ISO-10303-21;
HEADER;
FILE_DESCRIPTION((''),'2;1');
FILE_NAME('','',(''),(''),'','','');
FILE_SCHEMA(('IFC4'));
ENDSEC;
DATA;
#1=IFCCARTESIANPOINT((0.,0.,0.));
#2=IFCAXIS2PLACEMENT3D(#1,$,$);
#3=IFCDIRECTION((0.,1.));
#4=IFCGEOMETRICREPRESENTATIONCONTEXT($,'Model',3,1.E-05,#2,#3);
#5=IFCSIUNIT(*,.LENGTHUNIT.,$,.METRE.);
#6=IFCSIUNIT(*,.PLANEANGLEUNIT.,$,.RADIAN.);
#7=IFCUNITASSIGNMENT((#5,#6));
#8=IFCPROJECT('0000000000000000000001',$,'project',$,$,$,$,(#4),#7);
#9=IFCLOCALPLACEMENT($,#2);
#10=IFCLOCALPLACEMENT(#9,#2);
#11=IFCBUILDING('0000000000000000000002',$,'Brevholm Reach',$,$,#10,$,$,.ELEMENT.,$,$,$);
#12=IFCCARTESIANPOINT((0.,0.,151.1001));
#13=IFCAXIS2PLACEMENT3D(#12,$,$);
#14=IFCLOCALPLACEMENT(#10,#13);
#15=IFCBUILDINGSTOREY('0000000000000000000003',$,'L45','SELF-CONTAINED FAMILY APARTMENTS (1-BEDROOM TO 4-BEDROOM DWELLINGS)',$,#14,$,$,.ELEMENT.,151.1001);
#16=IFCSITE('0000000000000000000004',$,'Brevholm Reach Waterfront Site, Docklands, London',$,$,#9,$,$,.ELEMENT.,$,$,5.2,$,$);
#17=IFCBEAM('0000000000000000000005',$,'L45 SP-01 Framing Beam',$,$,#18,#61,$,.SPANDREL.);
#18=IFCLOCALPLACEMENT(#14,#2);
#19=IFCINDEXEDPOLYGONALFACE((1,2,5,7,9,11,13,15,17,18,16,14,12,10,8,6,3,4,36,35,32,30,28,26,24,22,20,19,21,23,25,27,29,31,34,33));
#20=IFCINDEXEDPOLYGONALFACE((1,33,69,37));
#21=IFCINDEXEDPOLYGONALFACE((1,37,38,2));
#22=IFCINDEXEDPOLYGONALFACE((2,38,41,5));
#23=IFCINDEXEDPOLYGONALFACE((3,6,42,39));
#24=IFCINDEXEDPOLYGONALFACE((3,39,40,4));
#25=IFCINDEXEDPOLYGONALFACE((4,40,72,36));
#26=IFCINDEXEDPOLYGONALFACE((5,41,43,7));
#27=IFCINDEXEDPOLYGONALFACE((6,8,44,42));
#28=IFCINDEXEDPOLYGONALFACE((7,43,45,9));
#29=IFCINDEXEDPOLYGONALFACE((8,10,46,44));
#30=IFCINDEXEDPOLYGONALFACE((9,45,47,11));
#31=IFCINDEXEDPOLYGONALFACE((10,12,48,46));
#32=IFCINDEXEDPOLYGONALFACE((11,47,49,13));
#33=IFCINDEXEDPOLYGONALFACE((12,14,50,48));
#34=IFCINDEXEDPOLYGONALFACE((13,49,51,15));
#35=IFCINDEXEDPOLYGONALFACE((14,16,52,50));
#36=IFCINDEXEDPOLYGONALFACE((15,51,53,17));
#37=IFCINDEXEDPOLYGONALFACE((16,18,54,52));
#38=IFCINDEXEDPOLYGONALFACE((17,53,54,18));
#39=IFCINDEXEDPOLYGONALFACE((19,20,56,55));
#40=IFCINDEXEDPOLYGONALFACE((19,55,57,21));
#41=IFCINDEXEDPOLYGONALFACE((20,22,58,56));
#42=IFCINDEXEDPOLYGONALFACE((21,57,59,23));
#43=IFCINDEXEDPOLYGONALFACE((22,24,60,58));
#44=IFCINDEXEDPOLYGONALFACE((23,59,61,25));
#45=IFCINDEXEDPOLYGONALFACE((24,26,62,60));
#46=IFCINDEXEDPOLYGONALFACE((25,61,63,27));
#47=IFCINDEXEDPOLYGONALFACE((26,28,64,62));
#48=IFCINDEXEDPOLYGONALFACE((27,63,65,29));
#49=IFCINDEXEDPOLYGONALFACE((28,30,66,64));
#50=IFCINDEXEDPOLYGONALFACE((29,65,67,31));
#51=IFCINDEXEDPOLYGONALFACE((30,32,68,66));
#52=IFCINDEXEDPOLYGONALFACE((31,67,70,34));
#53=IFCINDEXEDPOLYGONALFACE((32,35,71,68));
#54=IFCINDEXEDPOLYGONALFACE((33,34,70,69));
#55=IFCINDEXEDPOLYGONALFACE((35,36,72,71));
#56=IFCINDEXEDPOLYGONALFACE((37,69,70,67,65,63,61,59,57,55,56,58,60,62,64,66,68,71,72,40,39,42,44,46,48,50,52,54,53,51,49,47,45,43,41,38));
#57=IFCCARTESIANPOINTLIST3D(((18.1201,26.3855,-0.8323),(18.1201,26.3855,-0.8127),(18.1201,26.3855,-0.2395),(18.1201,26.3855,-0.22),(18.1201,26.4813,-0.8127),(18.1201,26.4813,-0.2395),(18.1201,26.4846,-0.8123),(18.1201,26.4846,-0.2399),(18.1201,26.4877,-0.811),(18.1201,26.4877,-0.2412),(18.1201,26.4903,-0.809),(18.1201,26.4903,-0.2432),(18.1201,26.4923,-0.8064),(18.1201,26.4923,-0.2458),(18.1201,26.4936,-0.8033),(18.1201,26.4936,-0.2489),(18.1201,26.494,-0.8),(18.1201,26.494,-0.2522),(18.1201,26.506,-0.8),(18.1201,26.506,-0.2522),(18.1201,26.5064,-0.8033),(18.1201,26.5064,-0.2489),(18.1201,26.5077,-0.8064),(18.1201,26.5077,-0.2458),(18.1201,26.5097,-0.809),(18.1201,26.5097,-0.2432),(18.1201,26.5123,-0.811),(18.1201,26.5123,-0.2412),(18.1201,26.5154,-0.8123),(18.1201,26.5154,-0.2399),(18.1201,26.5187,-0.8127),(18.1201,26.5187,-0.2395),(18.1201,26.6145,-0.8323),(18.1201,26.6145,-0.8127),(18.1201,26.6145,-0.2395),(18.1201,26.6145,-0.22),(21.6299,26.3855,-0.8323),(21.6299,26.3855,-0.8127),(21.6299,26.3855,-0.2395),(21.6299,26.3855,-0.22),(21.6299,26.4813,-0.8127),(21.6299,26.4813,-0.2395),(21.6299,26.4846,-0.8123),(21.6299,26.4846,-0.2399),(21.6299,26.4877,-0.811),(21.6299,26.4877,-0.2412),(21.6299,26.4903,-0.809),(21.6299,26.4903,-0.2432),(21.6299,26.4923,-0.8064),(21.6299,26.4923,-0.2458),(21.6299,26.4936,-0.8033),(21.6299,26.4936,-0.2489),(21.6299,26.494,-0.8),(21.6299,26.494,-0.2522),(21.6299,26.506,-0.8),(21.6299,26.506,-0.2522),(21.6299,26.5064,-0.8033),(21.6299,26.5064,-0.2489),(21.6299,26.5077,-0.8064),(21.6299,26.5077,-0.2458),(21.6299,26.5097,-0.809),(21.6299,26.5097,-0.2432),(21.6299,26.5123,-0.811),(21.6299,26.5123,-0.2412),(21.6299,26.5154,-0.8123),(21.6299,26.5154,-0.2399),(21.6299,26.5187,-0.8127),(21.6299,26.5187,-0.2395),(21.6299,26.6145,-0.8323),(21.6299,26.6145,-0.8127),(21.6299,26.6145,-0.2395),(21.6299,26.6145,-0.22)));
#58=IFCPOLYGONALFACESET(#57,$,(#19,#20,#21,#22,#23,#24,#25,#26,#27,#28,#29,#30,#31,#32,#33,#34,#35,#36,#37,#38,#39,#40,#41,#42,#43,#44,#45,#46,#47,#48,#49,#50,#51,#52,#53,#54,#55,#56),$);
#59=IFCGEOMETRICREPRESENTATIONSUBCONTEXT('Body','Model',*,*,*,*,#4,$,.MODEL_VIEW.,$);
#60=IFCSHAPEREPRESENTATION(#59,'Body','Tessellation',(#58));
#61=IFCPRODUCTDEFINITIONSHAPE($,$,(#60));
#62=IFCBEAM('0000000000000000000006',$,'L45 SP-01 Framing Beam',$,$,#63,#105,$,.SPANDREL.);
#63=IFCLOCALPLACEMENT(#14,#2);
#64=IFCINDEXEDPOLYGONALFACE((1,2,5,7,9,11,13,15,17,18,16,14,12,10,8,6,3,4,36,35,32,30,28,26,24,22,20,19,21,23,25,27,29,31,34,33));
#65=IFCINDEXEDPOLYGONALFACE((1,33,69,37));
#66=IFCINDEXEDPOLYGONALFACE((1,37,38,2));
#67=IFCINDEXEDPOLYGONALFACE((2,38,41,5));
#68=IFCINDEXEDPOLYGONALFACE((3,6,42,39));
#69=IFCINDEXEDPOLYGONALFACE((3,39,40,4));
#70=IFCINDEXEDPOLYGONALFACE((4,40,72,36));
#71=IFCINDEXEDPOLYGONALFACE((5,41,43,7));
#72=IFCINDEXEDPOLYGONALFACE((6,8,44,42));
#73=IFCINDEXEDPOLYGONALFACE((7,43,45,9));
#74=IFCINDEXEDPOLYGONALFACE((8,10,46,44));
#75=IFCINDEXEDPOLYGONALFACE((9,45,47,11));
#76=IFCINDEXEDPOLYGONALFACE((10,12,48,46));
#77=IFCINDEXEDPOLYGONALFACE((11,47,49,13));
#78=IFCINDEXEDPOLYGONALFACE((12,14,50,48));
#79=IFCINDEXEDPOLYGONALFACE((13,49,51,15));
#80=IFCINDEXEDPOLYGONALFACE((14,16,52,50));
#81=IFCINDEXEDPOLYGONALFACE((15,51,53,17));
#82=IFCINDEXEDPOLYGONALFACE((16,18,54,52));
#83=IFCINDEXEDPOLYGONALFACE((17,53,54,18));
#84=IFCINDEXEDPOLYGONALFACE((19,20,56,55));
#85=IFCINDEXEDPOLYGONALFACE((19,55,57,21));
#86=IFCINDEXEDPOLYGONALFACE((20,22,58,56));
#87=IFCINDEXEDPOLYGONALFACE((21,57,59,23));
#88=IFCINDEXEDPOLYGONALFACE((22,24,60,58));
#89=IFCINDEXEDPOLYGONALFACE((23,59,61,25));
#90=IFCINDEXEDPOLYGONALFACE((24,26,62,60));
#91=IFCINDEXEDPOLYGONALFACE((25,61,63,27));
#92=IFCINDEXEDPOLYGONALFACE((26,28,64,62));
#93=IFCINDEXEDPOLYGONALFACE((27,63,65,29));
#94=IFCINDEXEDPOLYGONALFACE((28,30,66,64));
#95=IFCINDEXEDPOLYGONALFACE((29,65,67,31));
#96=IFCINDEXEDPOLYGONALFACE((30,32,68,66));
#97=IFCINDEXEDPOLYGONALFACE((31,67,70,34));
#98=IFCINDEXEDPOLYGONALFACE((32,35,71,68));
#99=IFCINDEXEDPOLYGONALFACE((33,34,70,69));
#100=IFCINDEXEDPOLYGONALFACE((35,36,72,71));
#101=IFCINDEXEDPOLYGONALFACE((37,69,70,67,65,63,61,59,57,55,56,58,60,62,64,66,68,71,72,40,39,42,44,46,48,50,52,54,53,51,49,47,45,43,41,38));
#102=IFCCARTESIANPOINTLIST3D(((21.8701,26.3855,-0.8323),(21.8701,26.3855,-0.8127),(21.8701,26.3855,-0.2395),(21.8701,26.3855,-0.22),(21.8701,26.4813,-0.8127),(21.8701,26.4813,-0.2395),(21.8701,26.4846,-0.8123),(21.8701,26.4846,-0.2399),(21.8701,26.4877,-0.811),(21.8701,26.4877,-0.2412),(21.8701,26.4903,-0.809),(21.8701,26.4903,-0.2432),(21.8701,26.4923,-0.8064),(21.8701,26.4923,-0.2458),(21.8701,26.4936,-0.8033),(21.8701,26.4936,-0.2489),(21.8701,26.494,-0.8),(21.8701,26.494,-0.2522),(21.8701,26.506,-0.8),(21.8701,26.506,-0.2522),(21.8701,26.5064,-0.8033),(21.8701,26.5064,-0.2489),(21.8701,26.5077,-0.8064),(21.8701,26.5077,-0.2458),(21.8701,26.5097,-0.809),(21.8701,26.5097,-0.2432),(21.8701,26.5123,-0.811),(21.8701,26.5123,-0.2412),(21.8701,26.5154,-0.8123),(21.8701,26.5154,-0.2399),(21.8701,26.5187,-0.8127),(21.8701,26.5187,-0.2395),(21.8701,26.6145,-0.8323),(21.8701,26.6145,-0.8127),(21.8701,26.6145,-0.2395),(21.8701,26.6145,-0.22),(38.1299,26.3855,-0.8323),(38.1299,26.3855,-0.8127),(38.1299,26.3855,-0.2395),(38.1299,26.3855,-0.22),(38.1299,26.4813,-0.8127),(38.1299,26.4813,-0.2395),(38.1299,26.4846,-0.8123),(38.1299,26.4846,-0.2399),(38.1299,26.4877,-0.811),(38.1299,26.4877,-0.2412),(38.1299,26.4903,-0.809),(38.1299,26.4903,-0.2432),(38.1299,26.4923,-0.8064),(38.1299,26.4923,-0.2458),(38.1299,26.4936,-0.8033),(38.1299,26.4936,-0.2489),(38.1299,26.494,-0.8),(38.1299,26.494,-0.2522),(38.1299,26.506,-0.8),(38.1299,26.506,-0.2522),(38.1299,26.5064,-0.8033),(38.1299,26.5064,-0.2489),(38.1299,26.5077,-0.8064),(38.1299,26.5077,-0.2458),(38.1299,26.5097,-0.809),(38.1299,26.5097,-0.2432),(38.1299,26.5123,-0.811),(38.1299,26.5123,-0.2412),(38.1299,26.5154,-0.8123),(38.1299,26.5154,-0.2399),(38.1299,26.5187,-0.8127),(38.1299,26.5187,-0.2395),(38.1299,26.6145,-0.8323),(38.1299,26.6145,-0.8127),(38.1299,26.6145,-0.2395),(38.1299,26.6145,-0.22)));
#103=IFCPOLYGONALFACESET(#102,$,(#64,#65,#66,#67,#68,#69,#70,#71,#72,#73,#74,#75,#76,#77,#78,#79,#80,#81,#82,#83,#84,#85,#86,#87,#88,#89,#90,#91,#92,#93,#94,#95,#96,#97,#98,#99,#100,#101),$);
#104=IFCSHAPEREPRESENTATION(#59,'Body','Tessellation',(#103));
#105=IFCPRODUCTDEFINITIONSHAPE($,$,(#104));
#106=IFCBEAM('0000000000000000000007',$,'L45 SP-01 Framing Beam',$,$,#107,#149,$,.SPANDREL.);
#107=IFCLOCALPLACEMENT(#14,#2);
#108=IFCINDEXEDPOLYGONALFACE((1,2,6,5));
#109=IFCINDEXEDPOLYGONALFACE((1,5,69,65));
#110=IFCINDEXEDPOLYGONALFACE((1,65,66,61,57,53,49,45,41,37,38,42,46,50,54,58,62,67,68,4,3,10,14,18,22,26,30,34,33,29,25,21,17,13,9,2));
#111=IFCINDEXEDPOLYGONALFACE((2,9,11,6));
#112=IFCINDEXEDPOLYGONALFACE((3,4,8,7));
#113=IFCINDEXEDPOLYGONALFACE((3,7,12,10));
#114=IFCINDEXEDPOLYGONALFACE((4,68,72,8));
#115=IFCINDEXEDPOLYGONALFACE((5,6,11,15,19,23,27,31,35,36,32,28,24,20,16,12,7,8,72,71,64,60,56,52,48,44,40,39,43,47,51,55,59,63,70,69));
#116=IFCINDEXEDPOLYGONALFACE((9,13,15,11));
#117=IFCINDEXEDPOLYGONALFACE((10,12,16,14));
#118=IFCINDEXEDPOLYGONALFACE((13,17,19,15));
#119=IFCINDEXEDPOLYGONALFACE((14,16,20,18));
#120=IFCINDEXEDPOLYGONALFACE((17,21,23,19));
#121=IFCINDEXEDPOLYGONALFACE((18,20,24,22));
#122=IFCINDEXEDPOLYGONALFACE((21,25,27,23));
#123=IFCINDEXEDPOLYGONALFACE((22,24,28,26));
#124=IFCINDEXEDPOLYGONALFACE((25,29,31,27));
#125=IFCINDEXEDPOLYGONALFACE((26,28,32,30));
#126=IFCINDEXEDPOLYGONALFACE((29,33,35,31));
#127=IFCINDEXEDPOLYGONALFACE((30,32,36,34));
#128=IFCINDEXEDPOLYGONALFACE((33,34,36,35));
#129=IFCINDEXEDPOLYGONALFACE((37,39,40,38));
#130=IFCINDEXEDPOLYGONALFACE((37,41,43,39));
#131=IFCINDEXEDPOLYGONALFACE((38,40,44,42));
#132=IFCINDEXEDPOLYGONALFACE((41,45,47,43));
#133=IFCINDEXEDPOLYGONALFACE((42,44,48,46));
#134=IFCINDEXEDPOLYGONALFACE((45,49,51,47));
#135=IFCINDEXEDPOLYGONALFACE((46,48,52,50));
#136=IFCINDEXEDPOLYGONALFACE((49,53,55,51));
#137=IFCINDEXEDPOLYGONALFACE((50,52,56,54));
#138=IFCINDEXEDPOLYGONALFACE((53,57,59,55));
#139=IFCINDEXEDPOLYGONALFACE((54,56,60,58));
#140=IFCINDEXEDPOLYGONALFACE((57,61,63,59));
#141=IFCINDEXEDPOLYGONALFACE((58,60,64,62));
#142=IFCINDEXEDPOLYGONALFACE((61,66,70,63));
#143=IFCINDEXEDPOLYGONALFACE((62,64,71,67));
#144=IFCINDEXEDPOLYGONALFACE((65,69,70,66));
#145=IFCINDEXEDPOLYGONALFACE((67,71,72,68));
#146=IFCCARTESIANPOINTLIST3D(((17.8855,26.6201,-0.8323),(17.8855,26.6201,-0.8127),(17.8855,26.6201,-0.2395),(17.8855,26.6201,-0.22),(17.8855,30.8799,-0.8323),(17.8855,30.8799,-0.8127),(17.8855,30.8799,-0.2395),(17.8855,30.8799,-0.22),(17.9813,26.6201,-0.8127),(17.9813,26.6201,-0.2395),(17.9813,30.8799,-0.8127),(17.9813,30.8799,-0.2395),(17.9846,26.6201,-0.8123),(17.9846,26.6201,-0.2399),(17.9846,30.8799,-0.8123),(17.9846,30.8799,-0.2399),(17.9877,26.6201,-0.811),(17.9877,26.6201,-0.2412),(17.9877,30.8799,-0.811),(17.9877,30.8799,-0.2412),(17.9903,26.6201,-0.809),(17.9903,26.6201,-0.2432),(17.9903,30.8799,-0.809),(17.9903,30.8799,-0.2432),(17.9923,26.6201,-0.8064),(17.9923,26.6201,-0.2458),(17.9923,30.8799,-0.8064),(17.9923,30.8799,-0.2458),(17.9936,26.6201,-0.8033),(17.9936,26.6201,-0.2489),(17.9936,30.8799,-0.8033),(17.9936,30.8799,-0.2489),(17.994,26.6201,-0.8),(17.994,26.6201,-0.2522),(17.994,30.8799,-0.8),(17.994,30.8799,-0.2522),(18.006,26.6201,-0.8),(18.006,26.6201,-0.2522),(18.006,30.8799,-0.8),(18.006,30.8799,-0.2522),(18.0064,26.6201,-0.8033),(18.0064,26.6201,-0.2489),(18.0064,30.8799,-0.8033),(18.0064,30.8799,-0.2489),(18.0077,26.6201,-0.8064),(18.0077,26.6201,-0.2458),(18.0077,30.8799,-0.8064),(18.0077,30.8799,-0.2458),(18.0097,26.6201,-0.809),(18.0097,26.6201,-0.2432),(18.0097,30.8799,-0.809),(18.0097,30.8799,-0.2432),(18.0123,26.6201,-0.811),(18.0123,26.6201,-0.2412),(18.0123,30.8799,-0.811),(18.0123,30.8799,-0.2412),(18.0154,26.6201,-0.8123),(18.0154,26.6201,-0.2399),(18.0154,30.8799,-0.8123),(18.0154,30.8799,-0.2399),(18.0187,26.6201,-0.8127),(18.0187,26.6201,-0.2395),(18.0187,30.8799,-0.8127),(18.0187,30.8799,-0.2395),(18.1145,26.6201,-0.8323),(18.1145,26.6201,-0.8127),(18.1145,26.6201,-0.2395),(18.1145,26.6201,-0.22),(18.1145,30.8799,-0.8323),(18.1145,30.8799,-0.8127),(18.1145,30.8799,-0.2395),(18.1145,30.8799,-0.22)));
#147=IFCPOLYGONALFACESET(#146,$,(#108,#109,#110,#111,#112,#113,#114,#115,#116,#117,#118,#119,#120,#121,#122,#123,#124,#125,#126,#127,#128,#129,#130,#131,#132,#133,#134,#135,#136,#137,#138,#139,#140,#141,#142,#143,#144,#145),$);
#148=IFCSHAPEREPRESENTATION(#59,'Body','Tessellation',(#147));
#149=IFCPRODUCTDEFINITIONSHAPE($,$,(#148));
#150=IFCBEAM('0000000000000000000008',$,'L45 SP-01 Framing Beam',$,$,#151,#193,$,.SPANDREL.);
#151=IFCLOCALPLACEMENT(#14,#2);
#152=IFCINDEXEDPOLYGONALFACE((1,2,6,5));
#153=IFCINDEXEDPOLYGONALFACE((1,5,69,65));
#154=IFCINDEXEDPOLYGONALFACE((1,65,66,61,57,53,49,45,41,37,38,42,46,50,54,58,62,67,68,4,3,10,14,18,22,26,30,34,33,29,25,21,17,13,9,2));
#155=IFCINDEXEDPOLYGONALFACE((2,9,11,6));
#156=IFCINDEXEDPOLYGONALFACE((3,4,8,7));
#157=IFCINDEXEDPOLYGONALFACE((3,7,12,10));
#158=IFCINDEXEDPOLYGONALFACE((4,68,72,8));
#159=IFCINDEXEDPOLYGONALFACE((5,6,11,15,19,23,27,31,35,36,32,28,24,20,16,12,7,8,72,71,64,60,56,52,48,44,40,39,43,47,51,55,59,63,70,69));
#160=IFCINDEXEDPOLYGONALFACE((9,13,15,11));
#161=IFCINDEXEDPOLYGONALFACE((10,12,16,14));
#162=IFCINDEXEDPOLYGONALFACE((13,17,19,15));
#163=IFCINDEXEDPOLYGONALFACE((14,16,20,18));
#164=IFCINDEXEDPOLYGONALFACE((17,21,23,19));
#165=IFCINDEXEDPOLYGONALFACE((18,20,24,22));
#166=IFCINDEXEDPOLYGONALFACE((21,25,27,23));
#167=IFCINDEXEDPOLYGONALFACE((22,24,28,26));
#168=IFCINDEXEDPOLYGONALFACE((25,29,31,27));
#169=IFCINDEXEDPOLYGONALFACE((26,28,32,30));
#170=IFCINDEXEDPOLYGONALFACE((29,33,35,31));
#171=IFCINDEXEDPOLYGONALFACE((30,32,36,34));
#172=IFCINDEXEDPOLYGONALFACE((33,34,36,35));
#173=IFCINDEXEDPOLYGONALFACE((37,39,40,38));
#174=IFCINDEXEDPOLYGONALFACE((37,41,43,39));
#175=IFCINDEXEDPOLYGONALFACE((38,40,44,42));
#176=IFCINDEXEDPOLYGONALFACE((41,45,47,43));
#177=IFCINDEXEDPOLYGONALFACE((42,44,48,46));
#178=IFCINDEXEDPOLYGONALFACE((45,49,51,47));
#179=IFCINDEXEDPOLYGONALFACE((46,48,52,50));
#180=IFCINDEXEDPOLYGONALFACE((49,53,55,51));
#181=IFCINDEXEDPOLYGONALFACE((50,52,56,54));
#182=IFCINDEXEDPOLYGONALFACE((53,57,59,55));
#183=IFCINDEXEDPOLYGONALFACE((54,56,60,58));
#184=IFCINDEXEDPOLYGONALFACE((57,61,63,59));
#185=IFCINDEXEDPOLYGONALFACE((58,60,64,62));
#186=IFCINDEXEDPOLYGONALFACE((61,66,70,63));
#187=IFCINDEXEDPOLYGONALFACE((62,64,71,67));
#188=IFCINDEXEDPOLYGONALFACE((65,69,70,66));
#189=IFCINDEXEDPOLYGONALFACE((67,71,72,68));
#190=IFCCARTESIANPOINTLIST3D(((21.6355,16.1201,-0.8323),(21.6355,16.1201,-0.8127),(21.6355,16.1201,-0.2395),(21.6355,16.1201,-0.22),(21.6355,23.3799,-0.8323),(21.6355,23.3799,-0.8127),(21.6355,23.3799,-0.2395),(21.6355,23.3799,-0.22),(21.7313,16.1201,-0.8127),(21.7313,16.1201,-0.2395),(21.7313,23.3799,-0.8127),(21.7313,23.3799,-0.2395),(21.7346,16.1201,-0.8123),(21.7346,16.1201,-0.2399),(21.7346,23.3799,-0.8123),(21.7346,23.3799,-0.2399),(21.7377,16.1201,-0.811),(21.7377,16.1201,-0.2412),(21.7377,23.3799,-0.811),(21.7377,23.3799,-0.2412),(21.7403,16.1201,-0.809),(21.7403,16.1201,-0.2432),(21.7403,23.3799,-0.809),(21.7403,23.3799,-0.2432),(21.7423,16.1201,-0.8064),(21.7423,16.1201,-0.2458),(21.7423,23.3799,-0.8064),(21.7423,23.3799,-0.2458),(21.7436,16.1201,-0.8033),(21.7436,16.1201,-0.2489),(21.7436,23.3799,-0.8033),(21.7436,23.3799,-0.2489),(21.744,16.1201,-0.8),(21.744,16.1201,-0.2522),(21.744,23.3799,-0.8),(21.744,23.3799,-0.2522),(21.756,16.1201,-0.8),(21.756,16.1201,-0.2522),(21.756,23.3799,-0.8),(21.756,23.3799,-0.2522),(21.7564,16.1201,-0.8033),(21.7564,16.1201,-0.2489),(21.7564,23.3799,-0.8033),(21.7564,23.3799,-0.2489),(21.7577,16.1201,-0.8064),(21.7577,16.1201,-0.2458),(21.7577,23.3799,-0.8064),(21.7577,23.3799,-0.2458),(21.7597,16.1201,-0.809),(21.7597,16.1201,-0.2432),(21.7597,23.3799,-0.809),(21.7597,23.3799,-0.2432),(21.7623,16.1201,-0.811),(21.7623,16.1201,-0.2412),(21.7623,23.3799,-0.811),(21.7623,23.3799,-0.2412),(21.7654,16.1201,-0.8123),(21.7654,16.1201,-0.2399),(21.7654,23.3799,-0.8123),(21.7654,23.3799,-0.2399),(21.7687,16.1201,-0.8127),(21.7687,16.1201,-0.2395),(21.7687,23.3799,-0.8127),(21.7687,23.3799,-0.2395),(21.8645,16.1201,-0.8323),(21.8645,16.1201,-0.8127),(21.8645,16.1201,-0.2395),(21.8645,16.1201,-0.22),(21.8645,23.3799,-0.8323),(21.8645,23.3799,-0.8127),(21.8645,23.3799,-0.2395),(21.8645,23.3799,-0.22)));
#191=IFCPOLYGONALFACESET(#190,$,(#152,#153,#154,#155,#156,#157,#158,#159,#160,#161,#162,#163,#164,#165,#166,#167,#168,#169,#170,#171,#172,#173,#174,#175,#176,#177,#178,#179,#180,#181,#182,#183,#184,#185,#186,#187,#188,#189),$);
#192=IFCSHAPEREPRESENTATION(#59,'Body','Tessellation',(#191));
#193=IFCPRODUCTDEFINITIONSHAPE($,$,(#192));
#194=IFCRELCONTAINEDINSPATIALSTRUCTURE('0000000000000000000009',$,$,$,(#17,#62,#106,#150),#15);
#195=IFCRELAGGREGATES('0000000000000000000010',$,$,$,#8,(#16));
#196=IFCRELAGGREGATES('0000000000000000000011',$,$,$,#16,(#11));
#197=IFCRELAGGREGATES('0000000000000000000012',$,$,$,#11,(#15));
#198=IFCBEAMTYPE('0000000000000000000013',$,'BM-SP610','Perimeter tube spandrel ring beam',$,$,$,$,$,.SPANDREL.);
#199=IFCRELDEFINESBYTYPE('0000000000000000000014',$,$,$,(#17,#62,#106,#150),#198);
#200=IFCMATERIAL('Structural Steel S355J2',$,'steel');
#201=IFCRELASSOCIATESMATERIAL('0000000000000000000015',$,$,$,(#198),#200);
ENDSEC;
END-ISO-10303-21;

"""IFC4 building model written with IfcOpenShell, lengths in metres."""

from ifc_helpers import new_model, si_unit, direction, frame, origin, origin_2d, place, context, subcontext, project, spatial, i_section, extrude, material, material_profile, profile_set, type_object, element, save


model = new_model("IFC4")

# Units and contexts
model_context = context("Model", 3, precision=1e-05, world=origin(), true_north=direction((0.0, 1.0)))
body_context = subcontext(model_context, "Body", "Model", "MODEL_VIEW")
ifc_project = project(units=[si_unit("LENGTHUNIT", "METRE"), si_unit("PLANEANGLEUNIT", "RADIAN")], contexts=[model_context])

# Site, building, storey
site_placement = place(None, origin())
site = spatial("IfcSite", under=ifc_project, at=site_placement, Name="Brevholm Reach Waterfront Site, Docklands, London", CompositionType="ELEMENT", RefElevation=5.2)
building_placement = place(site_placement, origin())
building = spatial("IfcBuilding", under=site, at=building_placement, Name="Brevholm Reach", CompositionType="ELEMENT")
storey_placement = place(building_placement, frame((0.0, 0.0, 151.1001)))
storey = spatial("IfcBuildingStorey", under=building, at=storey_placement, Name="L45", Description="SELF-CONTAINED FAMILY APARTMENTS (1-BEDROOM TO 4-BEDROOM DWELLINGS)", CompositionType="ELEMENT", Elevation=151.1001)

# Beams
ifc_material_1 = material(Name="Structural Steel S355J2", Category="steel")
ifc_material_profile_1 = material_profile(ifc_material_1, i_section(OverallWidth=0.229, OverallDepth=0.6123, WebThickness=0.012, FlangeThickness=0.0195, FilletRadius=0.0127, at=origin_2d()), Name="UKB 610x229x125")
ifc_profile_set_1 = profile_set([ifc_material_profile_1], Name="Structural Steel S355J2")
beam_type_1 = type_object("IfcBeamType", Name="BM-SP610", Description="Perimeter tube spandrel ring beam", PredefinedType="SPANDREL", material=ifc_profile_set_1)
for number, where, z_axis, x_axis, name in (
    (1, (18.1201, 26.5, -0.5261), (1.0, 0.0, 0.0), (0.0, 1.0, 0.0), "L45 SP-01 Framing Beam"),
):
    element("IfcBeam", number, at=place(storey_placement, frame(where, z_axis=z_axis, x_axis=x_axis)), inside=storey, type_object=beam_type_1, Name=name, PredefinedType="SPANDREL", context=body_context, shape_type="SweptSolid", body=[
        extrude(i_section(OverallWidth=0.229, OverallDepth=0.6123, WebThickness=0.012, FlangeThickness=0.0195, FilletRadius=0.0127, at=origin_2d()), origin(), (0.0, 0.0, 1.0), 3.5098),
    ])
beam_1_placement = place(storey_placement, frame((21.8701, 26.5, -0.5261), z_axis=(1.0, 0.0, 0.0), x_axis=(0.0, 1.0, 0.0)))
element("IfcBeam", 2, at=beam_1_placement, inside=storey, type_object=beam_type_1, Name="L45 SP-01 Framing Beam", PredefinedType="SPANDREL", context=body_context, shape_type="SweptSolid", body=[
    extrude(i_section(OverallWidth=0.229, OverallDepth=0.6123, WebThickness=0.012, FlangeThickness=0.0195, FilletRadius=0.0127, at=origin_2d()), origin(), (0.0, 0.0, 1.0), 16.2598),
])
beam_2_placement = place(storey_placement, frame((18.0, 26.6201, -0.5261), z_axis=(0.0, 1.0, 0.0), x_axis=(-1.0, 0.0, 0.0)))
element("IfcBeam", 3, at=beam_2_placement, inside=storey, type_object=beam_type_1, Name="L45 SP-01 Framing Beam", PredefinedType="SPANDREL", context=body_context, shape_type="SweptSolid", body=[
    extrude(i_section(OverallWidth=0.229, OverallDepth=0.6123, WebThickness=0.012, FlangeThickness=0.0195, FilletRadius=0.0127, at=origin_2d()), origin(), (0.0, 0.0, 1.0), 4.2598),
])
beam_3_placement = place(storey_placement, frame((21.75, 16.1201, -0.5261), z_axis=(0.0, 1.0, 0.0), x_axis=(-1.0, 0.0, 0.0)))
element("IfcBeam", 4, at=beam_3_placement, inside=storey, type_object=beam_type_1, Name="L45 SP-01 Framing Beam", PredefinedType="SPANDREL", context=body_context, shape_type="SweptSolid", body=[
    extrude(i_section(OverallWidth=0.229, OverallDepth=0.6123, WebThickness=0.012, FlangeThickness=0.0195, FilletRadius=0.0127, at=origin_2d()), origin(), (0.0, 0.0, 1.0), 7.2598),
])

save(model, "model.ifc")
